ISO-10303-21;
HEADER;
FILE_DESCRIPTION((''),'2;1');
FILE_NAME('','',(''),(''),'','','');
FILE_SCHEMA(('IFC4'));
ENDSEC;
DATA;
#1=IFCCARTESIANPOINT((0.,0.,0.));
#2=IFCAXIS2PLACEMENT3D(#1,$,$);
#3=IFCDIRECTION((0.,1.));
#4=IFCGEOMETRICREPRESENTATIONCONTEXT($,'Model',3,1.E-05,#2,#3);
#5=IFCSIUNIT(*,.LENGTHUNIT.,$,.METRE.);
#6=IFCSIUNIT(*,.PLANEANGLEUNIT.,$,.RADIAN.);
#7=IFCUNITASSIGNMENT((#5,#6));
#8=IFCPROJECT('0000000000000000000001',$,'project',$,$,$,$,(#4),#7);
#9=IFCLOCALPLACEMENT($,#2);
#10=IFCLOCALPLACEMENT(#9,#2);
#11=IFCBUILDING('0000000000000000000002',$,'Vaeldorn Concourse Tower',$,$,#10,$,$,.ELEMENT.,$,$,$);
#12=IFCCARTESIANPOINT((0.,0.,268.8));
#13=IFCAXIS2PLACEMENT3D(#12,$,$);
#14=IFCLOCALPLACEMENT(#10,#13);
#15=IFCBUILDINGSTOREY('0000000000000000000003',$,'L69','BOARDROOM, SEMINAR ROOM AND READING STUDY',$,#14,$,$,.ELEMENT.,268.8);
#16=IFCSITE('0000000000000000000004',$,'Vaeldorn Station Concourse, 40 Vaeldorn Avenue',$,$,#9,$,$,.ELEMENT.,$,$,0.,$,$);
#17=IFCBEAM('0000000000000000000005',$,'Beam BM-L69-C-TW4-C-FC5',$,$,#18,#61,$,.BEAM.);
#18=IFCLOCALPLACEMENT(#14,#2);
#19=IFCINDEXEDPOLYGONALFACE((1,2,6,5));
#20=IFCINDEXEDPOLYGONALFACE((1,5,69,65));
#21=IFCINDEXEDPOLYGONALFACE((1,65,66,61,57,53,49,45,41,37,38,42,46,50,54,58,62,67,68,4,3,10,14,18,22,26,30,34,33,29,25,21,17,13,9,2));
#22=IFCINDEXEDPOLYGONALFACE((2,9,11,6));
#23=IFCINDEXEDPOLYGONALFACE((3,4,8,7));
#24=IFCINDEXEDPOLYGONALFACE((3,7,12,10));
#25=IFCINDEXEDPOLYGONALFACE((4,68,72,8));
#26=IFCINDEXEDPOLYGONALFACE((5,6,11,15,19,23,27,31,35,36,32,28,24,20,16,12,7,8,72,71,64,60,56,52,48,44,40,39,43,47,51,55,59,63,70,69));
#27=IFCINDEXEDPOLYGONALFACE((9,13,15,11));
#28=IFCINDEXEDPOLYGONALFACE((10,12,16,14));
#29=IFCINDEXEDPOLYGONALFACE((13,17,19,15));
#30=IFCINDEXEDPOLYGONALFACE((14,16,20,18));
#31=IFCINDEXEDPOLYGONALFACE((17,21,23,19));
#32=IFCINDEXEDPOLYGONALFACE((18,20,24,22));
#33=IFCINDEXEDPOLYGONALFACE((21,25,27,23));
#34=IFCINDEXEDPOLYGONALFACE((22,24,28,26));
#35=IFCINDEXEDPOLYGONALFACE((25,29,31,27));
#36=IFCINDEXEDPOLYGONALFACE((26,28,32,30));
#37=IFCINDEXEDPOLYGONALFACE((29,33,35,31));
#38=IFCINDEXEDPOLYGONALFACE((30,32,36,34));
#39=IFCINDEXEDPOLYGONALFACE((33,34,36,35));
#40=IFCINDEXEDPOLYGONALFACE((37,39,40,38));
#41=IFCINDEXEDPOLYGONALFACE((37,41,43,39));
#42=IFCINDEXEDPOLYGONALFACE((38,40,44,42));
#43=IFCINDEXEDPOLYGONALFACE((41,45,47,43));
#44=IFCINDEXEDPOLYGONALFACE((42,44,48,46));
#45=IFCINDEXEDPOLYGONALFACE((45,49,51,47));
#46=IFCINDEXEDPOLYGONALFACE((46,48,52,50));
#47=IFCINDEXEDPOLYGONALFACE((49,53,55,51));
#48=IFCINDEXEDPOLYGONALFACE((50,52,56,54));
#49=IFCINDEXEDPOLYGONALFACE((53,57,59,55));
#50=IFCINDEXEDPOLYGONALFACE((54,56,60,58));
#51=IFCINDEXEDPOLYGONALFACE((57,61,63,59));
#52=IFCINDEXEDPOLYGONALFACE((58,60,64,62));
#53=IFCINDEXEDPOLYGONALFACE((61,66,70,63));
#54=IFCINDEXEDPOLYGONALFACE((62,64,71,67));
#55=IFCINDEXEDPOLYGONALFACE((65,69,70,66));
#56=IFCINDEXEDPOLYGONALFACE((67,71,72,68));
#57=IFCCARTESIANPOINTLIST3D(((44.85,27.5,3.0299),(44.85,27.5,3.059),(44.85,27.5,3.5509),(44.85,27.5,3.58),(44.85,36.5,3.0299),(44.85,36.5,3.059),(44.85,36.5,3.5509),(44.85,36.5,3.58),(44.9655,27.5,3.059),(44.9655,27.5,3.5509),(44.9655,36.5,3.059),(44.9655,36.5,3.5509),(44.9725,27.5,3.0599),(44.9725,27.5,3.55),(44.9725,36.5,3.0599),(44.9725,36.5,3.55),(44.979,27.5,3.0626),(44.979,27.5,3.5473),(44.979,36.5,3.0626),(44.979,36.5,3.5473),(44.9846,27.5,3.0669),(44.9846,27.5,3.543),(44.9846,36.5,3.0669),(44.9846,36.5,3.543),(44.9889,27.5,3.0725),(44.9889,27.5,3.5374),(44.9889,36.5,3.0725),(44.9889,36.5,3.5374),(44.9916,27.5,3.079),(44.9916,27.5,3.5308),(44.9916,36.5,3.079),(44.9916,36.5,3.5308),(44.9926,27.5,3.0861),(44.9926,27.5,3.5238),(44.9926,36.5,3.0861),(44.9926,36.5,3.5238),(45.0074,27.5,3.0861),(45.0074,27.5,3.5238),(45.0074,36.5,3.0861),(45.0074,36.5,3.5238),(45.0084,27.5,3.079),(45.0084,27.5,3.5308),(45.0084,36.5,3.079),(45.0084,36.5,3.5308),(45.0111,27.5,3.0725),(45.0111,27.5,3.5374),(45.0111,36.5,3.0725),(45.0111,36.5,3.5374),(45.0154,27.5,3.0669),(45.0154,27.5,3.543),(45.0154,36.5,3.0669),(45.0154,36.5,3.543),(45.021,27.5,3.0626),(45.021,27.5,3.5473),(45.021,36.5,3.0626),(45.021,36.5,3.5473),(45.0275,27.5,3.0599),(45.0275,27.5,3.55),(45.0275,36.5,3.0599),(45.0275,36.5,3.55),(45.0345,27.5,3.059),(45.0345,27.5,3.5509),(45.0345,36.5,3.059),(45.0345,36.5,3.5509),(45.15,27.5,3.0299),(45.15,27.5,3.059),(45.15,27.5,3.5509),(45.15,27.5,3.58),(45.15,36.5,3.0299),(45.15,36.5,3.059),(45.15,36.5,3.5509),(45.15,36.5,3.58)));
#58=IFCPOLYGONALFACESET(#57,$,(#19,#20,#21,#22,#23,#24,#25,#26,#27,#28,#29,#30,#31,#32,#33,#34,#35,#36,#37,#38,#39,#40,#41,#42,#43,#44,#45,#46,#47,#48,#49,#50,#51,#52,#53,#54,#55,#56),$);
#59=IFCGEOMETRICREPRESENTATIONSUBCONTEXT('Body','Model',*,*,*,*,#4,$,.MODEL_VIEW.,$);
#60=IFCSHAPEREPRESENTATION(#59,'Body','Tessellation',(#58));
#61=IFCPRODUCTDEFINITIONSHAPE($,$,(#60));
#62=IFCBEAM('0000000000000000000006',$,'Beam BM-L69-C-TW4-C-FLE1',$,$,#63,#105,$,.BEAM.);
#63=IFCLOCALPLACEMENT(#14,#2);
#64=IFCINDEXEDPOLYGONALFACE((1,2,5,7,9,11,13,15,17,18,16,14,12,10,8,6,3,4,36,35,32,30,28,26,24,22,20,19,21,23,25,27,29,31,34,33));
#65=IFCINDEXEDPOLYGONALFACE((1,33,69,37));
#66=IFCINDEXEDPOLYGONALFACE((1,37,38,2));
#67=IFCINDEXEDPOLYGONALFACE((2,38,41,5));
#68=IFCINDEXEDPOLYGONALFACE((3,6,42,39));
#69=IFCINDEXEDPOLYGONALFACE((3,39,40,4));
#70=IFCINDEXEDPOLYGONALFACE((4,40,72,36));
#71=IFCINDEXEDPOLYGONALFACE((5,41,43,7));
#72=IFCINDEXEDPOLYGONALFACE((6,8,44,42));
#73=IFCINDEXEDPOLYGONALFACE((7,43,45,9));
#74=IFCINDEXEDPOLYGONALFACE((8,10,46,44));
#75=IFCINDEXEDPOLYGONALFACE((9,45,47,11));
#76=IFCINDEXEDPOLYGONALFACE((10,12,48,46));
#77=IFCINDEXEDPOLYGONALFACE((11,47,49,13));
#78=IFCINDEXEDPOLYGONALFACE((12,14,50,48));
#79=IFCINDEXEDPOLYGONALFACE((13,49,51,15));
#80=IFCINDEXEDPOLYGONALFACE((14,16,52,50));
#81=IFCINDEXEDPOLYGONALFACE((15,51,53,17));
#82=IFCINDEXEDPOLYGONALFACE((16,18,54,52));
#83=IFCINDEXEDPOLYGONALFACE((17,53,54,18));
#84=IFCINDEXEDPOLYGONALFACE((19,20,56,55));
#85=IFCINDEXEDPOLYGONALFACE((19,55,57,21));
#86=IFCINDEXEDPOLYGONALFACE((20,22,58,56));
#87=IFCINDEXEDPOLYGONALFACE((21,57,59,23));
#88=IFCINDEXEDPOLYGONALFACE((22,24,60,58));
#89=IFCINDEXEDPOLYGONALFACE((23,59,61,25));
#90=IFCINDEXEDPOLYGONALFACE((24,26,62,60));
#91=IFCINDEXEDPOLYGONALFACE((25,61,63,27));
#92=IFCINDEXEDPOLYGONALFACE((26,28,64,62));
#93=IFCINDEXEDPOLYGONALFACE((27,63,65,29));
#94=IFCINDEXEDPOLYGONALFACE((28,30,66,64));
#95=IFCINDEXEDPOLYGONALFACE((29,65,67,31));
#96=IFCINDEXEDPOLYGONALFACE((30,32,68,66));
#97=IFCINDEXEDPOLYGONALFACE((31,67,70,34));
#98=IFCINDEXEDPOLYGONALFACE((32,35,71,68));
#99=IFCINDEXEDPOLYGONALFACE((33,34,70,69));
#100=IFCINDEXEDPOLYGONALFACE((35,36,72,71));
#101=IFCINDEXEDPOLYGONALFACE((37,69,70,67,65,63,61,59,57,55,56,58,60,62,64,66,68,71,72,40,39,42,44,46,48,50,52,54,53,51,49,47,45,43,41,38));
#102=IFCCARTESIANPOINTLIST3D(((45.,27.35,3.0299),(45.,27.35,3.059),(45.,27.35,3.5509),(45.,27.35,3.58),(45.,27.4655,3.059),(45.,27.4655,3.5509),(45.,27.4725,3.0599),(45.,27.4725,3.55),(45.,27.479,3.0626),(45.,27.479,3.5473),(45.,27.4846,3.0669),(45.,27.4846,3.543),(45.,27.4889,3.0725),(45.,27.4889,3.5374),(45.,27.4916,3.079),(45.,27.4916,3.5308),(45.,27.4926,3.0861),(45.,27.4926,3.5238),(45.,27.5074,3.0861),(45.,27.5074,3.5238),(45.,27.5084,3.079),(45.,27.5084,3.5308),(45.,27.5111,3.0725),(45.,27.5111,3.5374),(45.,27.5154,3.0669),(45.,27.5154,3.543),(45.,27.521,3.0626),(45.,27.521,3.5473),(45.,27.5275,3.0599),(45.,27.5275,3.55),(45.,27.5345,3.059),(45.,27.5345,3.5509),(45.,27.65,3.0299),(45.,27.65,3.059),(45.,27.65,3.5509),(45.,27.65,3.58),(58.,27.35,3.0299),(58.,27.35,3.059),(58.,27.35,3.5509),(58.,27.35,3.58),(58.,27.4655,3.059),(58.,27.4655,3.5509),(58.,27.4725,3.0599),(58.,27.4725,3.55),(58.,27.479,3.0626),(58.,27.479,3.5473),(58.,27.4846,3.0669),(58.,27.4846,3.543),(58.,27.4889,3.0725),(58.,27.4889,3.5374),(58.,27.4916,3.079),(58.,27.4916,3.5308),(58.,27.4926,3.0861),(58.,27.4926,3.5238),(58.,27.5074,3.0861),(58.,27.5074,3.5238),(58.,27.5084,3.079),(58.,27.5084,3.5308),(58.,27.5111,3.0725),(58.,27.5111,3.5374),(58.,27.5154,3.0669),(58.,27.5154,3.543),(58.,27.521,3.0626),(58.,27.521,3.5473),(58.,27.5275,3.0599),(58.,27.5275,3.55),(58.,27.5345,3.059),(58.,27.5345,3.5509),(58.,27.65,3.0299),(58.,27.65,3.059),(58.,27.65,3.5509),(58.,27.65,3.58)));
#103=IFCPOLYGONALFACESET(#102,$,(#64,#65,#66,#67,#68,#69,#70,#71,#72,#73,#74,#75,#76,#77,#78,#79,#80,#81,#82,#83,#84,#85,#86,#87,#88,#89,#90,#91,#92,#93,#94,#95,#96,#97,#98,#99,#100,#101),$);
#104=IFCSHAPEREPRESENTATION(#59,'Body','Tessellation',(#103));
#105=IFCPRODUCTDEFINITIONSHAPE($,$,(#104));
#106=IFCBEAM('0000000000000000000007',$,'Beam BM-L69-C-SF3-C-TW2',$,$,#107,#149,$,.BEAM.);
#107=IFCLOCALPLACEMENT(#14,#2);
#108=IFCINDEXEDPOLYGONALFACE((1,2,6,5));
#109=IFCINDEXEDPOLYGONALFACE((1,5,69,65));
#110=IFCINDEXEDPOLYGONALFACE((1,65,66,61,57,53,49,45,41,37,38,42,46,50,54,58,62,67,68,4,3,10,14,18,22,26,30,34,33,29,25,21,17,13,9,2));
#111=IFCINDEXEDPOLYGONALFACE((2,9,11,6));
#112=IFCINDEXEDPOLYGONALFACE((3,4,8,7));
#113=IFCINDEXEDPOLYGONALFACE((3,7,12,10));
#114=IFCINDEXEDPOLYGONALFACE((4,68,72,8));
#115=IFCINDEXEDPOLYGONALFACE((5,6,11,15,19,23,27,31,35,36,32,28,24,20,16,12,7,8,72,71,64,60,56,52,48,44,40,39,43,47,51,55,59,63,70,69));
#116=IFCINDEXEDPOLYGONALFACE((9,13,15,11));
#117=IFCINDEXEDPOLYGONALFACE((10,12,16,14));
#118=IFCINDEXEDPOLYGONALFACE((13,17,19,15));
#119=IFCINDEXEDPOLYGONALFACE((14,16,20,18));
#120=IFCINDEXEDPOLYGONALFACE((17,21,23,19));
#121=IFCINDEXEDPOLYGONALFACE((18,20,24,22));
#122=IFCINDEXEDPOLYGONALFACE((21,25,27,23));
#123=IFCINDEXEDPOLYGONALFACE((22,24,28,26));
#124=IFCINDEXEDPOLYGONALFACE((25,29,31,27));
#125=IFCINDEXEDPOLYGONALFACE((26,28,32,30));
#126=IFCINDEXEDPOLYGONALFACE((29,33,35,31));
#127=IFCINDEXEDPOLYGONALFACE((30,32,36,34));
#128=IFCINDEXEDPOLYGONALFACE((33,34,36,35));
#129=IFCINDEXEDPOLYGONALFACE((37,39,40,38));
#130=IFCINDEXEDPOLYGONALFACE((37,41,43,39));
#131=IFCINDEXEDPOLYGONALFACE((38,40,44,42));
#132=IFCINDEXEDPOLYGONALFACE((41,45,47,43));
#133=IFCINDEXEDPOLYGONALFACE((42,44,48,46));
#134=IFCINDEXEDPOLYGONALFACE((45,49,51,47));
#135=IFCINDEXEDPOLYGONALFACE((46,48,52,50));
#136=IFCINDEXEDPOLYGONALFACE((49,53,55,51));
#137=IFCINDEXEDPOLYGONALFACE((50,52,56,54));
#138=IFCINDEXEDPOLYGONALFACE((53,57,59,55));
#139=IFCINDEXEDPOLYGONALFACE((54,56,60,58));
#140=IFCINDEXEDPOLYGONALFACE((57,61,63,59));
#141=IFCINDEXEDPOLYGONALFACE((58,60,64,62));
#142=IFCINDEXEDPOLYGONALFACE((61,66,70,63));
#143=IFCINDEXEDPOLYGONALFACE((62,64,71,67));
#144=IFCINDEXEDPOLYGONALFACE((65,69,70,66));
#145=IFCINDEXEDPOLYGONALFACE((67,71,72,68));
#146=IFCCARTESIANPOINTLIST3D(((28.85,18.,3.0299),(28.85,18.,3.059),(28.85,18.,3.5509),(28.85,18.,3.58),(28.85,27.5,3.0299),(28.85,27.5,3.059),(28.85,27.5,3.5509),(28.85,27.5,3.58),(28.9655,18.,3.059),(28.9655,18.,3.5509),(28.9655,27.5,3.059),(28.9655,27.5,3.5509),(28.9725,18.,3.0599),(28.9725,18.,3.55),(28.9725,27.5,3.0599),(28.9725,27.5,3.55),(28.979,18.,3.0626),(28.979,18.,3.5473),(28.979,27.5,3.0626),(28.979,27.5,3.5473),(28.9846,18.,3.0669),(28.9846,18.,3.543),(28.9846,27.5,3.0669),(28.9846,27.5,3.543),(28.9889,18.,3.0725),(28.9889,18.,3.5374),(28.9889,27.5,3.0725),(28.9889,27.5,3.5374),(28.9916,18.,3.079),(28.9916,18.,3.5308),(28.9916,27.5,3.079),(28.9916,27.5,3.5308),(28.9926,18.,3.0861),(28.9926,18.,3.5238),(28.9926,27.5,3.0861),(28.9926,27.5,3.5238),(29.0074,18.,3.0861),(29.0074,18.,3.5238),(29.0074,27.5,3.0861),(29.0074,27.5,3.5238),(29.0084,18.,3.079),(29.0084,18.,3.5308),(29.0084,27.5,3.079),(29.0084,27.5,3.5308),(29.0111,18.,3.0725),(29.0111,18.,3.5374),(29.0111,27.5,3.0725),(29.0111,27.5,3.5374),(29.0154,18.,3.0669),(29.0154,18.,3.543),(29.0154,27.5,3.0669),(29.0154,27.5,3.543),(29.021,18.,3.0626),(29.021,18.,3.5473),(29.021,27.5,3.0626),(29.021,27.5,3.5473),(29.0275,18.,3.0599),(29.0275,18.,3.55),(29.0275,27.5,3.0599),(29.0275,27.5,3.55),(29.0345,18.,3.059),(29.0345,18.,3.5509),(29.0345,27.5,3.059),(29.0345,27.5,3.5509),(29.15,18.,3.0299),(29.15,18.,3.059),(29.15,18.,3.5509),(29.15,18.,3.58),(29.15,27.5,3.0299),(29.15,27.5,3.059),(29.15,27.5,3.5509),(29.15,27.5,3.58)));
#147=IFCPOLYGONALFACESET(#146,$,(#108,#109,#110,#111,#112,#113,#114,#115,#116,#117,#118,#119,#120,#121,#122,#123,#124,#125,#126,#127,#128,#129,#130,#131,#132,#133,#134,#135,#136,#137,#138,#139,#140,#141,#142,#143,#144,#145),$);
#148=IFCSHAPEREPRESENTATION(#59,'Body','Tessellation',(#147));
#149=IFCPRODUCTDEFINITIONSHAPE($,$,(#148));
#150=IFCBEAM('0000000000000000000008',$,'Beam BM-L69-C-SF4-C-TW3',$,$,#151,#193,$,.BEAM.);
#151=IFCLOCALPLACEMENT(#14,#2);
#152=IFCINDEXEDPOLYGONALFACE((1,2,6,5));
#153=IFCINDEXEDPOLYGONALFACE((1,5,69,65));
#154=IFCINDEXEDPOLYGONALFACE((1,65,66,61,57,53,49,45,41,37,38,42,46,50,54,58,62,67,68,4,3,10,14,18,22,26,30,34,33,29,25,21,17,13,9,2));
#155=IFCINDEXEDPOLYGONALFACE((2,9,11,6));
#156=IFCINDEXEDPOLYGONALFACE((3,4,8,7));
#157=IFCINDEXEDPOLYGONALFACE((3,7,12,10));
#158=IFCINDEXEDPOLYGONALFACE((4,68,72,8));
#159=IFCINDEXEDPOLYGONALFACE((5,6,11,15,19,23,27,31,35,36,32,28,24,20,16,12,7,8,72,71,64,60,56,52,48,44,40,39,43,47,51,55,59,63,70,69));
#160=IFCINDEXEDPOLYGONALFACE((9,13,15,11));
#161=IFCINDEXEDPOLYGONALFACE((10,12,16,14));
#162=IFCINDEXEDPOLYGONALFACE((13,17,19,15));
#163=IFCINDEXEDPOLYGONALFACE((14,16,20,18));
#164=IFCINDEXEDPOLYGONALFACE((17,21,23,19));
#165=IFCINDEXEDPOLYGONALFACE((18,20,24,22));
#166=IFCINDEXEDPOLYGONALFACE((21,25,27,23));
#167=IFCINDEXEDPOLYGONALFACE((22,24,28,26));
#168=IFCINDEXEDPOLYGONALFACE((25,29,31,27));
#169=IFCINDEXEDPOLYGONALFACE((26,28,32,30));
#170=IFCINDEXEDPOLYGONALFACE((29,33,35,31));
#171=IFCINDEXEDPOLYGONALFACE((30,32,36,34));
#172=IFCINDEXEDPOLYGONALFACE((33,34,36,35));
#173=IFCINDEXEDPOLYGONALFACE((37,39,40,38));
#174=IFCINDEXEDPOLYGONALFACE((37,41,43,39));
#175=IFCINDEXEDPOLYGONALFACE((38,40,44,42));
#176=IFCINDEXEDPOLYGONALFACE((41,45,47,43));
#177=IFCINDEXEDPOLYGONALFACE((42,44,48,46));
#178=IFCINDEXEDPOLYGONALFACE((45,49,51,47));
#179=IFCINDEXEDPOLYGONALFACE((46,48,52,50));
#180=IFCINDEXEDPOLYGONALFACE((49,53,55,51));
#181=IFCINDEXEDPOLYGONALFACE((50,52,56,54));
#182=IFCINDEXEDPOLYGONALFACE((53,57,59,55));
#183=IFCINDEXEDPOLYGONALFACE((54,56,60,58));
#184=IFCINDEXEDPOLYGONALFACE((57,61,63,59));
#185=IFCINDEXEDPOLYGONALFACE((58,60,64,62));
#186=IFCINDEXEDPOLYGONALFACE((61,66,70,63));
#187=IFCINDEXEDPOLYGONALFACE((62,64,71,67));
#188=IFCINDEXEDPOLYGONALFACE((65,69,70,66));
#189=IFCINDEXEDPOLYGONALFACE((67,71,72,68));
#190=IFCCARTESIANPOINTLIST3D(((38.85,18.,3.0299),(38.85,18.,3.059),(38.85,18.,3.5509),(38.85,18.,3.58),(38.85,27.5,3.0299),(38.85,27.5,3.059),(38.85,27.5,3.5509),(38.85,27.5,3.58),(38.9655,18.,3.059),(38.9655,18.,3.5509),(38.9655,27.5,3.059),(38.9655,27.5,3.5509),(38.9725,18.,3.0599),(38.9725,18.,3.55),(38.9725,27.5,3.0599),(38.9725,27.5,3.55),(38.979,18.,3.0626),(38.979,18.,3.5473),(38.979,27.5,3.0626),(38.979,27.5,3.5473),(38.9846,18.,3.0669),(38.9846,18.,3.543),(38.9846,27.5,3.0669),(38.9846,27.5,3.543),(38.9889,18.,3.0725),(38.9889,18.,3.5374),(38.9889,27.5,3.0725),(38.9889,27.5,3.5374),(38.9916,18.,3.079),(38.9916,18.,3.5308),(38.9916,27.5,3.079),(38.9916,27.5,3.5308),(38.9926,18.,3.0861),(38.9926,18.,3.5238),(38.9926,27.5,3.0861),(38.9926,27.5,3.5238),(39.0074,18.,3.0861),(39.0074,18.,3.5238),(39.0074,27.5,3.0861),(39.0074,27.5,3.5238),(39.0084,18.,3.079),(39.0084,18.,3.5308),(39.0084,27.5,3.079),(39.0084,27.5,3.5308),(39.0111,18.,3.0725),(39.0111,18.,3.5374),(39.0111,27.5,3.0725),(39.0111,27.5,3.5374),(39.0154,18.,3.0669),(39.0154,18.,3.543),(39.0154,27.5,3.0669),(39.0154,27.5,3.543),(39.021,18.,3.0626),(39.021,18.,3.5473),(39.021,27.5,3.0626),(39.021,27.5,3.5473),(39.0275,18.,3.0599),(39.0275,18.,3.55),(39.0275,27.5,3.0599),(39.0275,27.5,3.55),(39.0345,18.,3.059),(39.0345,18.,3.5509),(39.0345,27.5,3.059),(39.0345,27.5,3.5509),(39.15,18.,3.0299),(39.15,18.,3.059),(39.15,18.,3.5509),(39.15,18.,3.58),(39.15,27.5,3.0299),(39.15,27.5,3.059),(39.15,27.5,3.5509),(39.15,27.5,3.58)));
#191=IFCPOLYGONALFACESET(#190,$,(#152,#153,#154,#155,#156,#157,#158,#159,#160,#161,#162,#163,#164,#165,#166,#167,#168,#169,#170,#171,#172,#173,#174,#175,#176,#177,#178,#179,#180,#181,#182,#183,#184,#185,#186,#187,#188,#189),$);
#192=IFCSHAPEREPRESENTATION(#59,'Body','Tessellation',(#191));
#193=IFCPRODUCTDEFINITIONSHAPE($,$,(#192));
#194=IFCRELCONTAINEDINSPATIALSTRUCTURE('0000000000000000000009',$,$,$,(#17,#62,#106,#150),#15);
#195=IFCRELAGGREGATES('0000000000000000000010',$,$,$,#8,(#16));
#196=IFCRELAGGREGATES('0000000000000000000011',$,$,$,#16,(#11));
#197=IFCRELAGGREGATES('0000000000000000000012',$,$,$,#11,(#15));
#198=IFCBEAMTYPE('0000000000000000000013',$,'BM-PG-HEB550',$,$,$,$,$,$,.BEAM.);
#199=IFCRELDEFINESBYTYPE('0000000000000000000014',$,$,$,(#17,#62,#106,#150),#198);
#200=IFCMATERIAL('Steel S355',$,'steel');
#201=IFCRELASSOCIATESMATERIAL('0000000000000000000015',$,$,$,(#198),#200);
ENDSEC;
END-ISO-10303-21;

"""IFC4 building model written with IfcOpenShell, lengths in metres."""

from ifc_helpers import new_model, si_unit, direction, frame, origin, origin_2d, place, context, subcontext, project, spatial, i_section, extrude, source, transform, mapped, material, material_profile, profile_set, type_object, element, save


model = new_model("IFC4")

# Units and contexts
model_context = context("Model", 3, precision=1e-05, world=origin(), true_north=direction((0.0, 1.0)))
body_context = subcontext(model_context, "Body", "Model", "MODEL_VIEW")
ifc_project = project(units=[si_unit("LENGTHUNIT", "METRE"), si_unit("PLANEANGLEUNIT", "RADIAN")], contexts=[model_context])

# Site, building, storey
site_placement = place(None, origin())
site = spatial("IfcSite", under=ifc_project, at=site_placement, Name="Vaeldorn Station Concourse, 40 Vaeldorn Avenue", CompositionType="ELEMENT", RefElevation=0.0)
building_placement = place(site_placement, origin())
building = spatial("IfcBuilding", under=site, at=building_placement, Name="Vaeldorn Concourse Tower", CompositionType="ELEMENT")
storey_placement = place(building_placement, frame((0.0, 0.0, 268.8)))
storey = spatial("IfcBuildingStorey", under=building, at=storey_placement, Name="L69", Description="BOARDROOM, SEMINAR ROOM AND READING STUDY", CompositionType="ELEMENT", Elevation=268.8)

# Shared definitions
ifc_material = material(Name="Steel S355", Category="steel")

# Beams
ifc_material_profile_1 = material_profile(ifc_material, i_section(OverallWidth=0.3, OverallDepth=0.55, WebThickness=0.0149, FlangeThickness=0.0291, FilletRadius=0.0271, at=origin_2d()), Name="HEB 550")
ifc_profile_set_1 = profile_set([ifc_material_profile_1], Name="Steel S355")
beam_type_1 = type_object("IfcBeamType", Name="BM-PG-HEB550", PredefinedType="BEAM", material=ifc_profile_set_1)
shared_shape_1 = source(origin(), body_context, "Body", "SweptSolid", [
    extrude(i_section(OverallWidth=0.3, OverallDepth=0.55, WebThickness=0.0149, FlangeThickness=0.0291, FilletRadius=0.0271, at=origin_2d()), origin(), (0.0, 0.0, 1.0), 9.0),
])
for number, where, z_axis, x_axis, name in (
    (1, (45.0, 27.5, 3.3049), (0.0, 1.0, 0.0), (-1.0, 0.0, 0.0), "Beam BM-L69-C-TW4-C-FC5"),
):
    element("IfcBeam", number, at=place(storey_placement, frame(where, z_axis=z_axis, x_axis=x_axis)), inside=storey, type_object=beam_type_1, Name=name, PredefinedType="BEAM", context=body_context, shape_type="MappedRepresentation", body=[
        mapped(shared_shape_1, transform((0.0, 0.0, 0.0), scale=1.0)),
    ])
shared_shape_2 = source(origin(), body_context, "Body", "SweptSolid", [
    extrude(i_section(OverallWidth=0.3, OverallDepth=0.55, WebThickness=0.0149, FlangeThickness=0.0291, FilletRadius=0.0271, at=origin_2d()), origin(), (0.0, 0.0, 1.0), 13.0),
])
beam_1_placement = place(storey_placement, frame((45.0, 27.5, 3.3049), z_axis=(1.0, 0.0, 0.0), x_axis=(0.0, 1.0, 0.0)))
element("IfcBeam", 2, at=beam_1_placement, inside=storey, type_object=beam_type_1, Name="Beam BM-L69-C-TW4-C-FLE1", PredefinedType="BEAM", context=body_context, shape_type="MappedRepresentation", body=[
    mapped(shared_shape_2, transform((0.0, 0.0, 0.0), scale=1.0)),
])
shared_shape_3 = source(origin(), body_context, "Body", "SweptSolid", [
    extrude(i_section(OverallWidth=0.3, OverallDepth=0.55, WebThickness=0.0149, FlangeThickness=0.0291, FilletRadius=0.0271, at=origin_2d()), origin(), (0.0, 0.0, 1.0), 9.5),
])
for number, where, z_axis, x_axis, name in (
    (3, (29.0, 18.0, 3.3049), (0.0, 1.0, 0.0), (-1.0, 0.0, 0.0), "Beam BM-L69-C-SF3-C-TW2"),
    (4, (39.0, 18.0, 3.3049), (0.0, 1.0, 0.0), (-1.0, 0.0, 0.0), "Beam BM-L69-C-SF4-C-TW3"),
):
    element("IfcBeam", number, at=place(storey_placement, frame(where, z_axis=z_axis, x_axis=x_axis)), inside=storey, type_object=beam_type_1, Name=name, PredefinedType="BEAM", context=body_context, shape_type="MappedRepresentation", body=[
        mapped(shared_shape_3, transform((0.0, 0.0, 0.0), scale=1.0)),
    ])

save(model, "model.ifc")
